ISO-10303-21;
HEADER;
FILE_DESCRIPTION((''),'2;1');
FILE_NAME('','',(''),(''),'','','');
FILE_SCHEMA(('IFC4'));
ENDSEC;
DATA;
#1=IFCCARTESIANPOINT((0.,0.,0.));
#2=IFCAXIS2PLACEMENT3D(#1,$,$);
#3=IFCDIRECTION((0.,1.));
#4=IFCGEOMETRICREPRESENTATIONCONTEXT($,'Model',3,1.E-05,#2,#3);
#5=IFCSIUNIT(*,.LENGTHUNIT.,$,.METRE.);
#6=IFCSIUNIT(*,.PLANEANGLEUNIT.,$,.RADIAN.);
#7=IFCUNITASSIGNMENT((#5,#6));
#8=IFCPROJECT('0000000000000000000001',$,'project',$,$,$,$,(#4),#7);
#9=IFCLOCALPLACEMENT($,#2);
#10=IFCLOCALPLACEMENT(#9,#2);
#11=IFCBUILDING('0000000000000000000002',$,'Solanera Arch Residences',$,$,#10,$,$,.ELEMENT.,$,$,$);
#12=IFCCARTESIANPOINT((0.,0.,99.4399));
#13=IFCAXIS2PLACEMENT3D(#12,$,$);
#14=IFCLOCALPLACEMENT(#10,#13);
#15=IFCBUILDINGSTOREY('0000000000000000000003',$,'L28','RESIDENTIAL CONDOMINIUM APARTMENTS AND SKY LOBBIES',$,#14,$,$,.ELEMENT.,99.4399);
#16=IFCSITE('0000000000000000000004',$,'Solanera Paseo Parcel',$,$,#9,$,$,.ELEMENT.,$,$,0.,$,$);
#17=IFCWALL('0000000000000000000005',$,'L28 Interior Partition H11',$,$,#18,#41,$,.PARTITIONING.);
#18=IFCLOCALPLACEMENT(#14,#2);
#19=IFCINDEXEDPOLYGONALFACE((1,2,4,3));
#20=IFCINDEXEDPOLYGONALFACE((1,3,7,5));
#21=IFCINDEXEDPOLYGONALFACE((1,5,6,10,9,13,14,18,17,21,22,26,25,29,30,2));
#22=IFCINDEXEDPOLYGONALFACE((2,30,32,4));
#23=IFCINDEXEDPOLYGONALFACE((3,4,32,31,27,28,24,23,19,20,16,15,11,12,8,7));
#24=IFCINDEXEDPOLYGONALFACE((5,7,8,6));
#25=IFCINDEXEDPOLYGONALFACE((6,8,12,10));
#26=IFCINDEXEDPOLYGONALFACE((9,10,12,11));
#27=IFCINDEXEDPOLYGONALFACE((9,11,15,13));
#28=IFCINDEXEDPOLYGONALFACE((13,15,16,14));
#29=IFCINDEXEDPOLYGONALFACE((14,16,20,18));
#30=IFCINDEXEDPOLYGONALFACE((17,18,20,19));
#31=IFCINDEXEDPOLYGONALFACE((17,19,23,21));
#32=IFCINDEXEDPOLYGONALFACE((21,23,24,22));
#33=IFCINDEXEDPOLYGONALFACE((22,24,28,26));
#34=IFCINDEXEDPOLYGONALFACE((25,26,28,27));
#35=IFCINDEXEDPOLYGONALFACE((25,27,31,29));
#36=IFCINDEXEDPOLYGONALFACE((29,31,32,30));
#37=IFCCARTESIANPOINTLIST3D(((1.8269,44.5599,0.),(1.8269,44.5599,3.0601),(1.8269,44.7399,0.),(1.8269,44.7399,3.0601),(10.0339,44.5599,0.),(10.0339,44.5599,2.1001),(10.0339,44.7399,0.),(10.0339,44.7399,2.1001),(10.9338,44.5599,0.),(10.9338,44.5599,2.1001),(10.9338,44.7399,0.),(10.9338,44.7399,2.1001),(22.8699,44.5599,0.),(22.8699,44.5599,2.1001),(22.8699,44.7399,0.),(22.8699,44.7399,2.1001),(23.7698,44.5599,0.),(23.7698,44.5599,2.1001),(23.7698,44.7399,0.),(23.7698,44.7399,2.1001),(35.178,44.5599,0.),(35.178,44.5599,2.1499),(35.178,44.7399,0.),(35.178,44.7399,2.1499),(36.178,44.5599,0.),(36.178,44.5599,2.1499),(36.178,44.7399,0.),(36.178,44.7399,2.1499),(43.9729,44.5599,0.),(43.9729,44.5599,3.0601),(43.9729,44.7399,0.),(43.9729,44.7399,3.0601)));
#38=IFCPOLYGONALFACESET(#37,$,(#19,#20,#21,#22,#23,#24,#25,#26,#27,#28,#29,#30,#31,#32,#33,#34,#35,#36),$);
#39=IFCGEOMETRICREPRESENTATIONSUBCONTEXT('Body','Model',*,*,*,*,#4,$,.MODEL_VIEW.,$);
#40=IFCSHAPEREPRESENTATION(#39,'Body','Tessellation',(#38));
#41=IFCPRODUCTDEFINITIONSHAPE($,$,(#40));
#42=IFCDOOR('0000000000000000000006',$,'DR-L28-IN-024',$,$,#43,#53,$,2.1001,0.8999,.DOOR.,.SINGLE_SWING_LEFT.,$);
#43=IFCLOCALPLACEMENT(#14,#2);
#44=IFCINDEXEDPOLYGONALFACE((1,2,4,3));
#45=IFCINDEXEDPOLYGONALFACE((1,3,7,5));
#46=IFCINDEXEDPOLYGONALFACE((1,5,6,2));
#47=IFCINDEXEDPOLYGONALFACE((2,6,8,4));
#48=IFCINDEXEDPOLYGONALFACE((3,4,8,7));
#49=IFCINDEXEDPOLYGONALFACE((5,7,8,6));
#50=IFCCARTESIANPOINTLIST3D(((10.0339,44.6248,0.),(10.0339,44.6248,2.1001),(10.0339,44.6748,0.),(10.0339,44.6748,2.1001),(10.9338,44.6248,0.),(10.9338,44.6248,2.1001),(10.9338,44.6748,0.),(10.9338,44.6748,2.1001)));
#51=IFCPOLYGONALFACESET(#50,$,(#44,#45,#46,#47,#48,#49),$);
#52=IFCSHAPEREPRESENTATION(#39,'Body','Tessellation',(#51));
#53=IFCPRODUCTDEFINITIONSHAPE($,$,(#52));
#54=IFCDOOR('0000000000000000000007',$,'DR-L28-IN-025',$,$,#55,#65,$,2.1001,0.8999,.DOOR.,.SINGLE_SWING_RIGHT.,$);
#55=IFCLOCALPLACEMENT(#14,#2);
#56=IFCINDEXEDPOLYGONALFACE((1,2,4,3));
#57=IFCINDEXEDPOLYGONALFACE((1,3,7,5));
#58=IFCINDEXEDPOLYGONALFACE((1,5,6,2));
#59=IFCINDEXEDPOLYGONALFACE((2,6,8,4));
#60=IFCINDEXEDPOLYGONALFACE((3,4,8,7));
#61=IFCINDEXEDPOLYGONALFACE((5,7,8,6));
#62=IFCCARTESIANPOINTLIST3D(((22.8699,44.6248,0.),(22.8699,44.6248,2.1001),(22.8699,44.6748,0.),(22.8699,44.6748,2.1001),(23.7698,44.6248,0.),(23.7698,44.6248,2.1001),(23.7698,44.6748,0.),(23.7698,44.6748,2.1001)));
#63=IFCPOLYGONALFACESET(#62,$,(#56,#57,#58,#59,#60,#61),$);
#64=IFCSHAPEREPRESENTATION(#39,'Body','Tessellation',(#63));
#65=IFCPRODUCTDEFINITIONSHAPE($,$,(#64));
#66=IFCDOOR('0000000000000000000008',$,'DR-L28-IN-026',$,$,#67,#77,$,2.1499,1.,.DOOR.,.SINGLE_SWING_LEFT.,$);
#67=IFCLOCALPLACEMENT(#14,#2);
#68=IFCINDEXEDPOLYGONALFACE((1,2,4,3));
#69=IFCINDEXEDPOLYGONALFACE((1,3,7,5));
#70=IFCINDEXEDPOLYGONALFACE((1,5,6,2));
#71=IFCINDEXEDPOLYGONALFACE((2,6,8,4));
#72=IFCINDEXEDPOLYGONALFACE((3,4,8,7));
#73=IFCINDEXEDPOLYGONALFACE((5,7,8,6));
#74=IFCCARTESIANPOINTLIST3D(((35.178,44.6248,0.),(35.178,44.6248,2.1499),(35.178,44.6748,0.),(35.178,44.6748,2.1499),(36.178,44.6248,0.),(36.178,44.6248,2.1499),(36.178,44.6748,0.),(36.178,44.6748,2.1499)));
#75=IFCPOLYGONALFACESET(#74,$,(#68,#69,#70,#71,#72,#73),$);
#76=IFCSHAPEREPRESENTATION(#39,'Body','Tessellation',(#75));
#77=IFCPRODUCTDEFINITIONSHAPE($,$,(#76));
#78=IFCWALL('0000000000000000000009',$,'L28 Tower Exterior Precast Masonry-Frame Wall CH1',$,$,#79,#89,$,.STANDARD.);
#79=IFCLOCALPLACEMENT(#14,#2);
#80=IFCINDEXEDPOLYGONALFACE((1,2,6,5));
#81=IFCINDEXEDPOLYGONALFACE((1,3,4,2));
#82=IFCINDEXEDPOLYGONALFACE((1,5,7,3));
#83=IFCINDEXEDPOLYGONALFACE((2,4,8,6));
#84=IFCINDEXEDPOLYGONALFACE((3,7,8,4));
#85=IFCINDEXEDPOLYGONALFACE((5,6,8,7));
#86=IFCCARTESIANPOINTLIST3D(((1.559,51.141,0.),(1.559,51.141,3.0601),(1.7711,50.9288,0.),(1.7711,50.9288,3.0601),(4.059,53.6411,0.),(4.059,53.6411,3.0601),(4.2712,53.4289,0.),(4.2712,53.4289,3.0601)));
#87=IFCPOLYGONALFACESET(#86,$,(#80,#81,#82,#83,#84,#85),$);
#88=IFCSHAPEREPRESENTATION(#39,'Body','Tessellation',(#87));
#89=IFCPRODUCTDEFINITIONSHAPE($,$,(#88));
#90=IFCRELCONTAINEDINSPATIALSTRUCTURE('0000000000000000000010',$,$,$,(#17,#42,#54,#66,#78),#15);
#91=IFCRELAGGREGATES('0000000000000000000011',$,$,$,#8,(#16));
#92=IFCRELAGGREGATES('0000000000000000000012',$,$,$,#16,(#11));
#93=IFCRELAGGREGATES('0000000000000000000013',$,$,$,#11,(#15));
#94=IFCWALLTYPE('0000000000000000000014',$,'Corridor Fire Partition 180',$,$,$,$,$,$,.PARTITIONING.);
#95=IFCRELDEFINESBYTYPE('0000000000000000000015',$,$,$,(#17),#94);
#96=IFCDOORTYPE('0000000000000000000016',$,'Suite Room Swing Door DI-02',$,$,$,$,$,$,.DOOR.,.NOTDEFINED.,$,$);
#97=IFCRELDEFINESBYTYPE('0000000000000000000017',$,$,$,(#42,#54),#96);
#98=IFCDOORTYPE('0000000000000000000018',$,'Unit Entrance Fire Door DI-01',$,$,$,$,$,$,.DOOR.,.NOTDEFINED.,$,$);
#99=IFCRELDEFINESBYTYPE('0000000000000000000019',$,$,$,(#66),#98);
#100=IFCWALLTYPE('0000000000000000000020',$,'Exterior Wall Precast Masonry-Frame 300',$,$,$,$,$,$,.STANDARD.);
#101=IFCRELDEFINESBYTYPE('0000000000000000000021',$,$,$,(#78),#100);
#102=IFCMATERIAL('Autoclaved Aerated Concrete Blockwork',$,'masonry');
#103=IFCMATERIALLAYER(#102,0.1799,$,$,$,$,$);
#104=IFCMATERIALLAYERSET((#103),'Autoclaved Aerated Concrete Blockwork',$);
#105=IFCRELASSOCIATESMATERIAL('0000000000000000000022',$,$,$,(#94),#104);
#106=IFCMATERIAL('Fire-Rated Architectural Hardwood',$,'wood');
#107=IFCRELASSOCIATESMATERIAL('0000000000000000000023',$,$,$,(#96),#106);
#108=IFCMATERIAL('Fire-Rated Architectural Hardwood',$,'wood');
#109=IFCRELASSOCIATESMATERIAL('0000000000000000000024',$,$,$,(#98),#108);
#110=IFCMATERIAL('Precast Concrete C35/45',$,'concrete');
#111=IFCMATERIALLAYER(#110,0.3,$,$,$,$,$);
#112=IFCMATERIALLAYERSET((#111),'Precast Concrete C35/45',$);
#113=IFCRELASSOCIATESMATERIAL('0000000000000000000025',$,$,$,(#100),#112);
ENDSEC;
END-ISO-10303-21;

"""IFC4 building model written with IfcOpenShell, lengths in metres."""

from ifc_helpers import new_model, si_unit, direction, frame, frame_2d, origin, place, context, subcontext, project, spatial, rectangle, extrude, material, layer, layer_set, type_object, element, fill, save


model = new_model("IFC4")

# Units and contexts
model_context = context("Model", 3, precision=1e-05, world=origin(), true_north=direction((0.0, 1.0)))
body_context = subcontext(model_context, "Body", "Model", "MODEL_VIEW")
ifc_project = project(units=[si_unit("LENGTHUNIT", "METRE"), si_unit("PLANEANGLEUNIT", "RADIAN")], contexts=[model_context])

# Site, building, storey
site_placement = place(None, origin())
site = spatial("IfcSite", under=ifc_project, at=site_placement, Name="Solanera Paseo Parcel", CompositionType="ELEMENT", RefElevation=0.0)
building_placement = place(site_placement, origin())
building = spatial("IfcBuilding", under=site, at=building_placement, Name="Solanera Arch Residences", CompositionType="ELEMENT")
storey_placement = place(building_placement, frame((0.0, 0.0, 99.4399)))
storey = spatial("IfcBuildingStorey", under=building, at=storey_placement, Name="L28", Description="RESIDENTIAL CONDOMINIUM APARTMENTS AND SKY LOBBIES", CompositionType="ELEMENT", Elevation=99.4399)

# Wall, openings, doors
ifc_material_1 = material(Name="Autoclaved Aerated Concrete Blockwork", Category="masonry")
ifc_layer_1 = layer(ifc_material_1, 0.1799)
ifc_layer_set_1 = layer_set([ifc_layer_1], Name="Autoclaved Aerated Concrete Blockwork")
wall_type_1 = type_object("IfcWallType", Name="Corridor Fire Partition 180", PredefinedType="PARTITIONING", material=ifc_layer_set_1)
ifc_material_2 = material(Name="Fire-Rated Architectural Hardwood", Category="wood")
door_type_1 = type_object("IfcDoorType", Name="Suite Room Swing Door DI-02", OperationType="NOTDEFINED", PredefinedType="DOOR", material=ifc_material_2)
wall_1_placement = place(storey_placement, frame((1.8269, 44.6499, 0.0), z_axis=(0.0, 0.0, 1.0), x_axis=(1.0, 0.0, 0.0)))
wall_1 = element("IfcWall", 1, at=wall_1_placement, inside=storey, type_object=wall_type_1, Name="L28 Interior Partition H11", PredefinedType="PARTITIONING", context=body_context, shape_type="SweptSolid", body=[
    extrude(rectangle(XDim=42.146, YDim=0.1799, at=frame_2d((21.073, 0.0))), origin(), (0.0, 0.0, 1.0), 3.0601),
])
opening_1_placement = place(wall_1_placement, frame((8.207, 0.0, 0.0)))
opening_1 = element("IfcOpeningElement", 2, at=opening_1_placement, cuts=wall_1, PredefinedType="OPENING", context=body_context, shape_type="SweptSolid", body=[
    extrude(rectangle(XDim=0.8999, YDim=2.1001, at=frame_2d((0.45, 1.05))), frame((0.0, 0.1001, 0.0), z_axis=(0.0, -1.0, 0.0), x_axis=(1.0, 0.0, 0.0)), (0.0, 0.0, 1.0), 0.1999),
])
opening_2_placement = place(wall_1_placement, frame((21.043, 0.0, 0.0)))
opening_2 = element("IfcOpeningElement", 3, at=opening_2_placement, cuts=wall_1, PredefinedType="OPENING", context=body_context, shape_type="SweptSolid", body=[
    extrude(rectangle(XDim=0.8999, YDim=2.1001, at=frame_2d((0.45, 1.05))), frame((0.0, 0.1001, 0.0), z_axis=(0.0, -1.0, 0.0), x_axis=(1.0, 0.0, 0.0)), (0.0, 0.0, 1.0), 0.1999),
])
opening_3_placement = place(wall_1_placement, frame((33.3511, 0.0, 0.0)))
opening_3 = element("IfcOpeningElement", 4, at=opening_3_placement, cuts=wall_1, PredefinedType="OPENING", context=body_context, shape_type="SweptSolid", body=[
    extrude(rectangle(XDim=1.0, YDim=2.1499, at=frame_2d((0.5, 1.075))), frame((0.0, 0.1001, 0.0), z_axis=(0.0, -1.0, 0.0), x_axis=(1.0, 0.0, 0.0)), (0.0, 0.0, 1.0), 0.1999),
])
door_1_placement = place(opening_1_placement, origin())
door_1 = element("IfcDoor", 5, at=door_1_placement, inside=storey, type_object=door_type_1, Name="DR-L28-IN-024", OperationType="SINGLE_SWING_LEFT", OverallHeight=2.1001, OverallWidth=0.8999, PredefinedType="DOOR", context=body_context, shape_type="SweptSolid", body=[
    extrude(rectangle(XDim=0.8999, YDim=2.1001, at=frame_2d((0.45, 1.05))), frame((0.0, 0.0249, 0.0), z_axis=(0.0, -1.0, 0.0), x_axis=(1.0, 0.0, 0.0)), (0.0, 0.0, 1.0), 0.05),
])
fill(opening_1, door_1)
door_2_placement = place(opening_2_placement, origin())
door_2 = element("IfcDoor", 6, at=door_2_placement, inside=storey, type_object=door_type_1, Name="DR-L28-IN-025", OperationType="SINGLE_SWING_RIGHT", OverallHeight=2.1001, OverallWidth=0.8999, PredefinedType="DOOR", context=body_context, shape_type="SweptSolid", body=[
    extrude(rectangle(XDim=0.8999, YDim=2.1001, at=frame_2d((0.45, 1.05))), frame((0.0, 0.0249, 0.0), z_axis=(0.0, -1.0, 0.0), x_axis=(1.0, 0.0, 0.0)), (0.0, 0.0, 1.0), 0.05),
])
fill(opening_2, door_2)
ifc_material_3 = material(Name="Fire-Rated Architectural Hardwood", Category="wood")
door_type_2 = type_object("IfcDoorType", Name="Unit Entrance Fire Door DI-01", OperationType="NOTDEFINED", PredefinedType="DOOR", material=ifc_material_3)
door_3_placement = place(opening_3_placement, origin())
door_3 = element("IfcDoor", 7, at=door_3_placement, inside=storey, type_object=door_type_2, Name="DR-L28-IN-026", OperationType="SINGLE_SWING_LEFT", OverallHeight=2.1499, OverallWidth=1.0, PredefinedType="DOOR", context=body_context, shape_type="SweptSolid", body=[
    extrude(rectangle(XDim=1.0, YDim=2.1499, at=frame_2d((0.5, 1.075))), frame((0.0, 0.0249, 0.0), z_axis=(0.0, -1.0, 0.0), x_axis=(1.0, 0.0, 0.0)), (0.0, 0.0, 1.0), 0.05),
])
fill(opening_3, door_3)

# Wall
ifc_material_4 = material(Name="Precast Concrete C35/45", Category="concrete")
ifc_layer_2 = layer(ifc_material_4, 0.3)
ifc_layer_set_2 = layer_set([ifc_layer_2], Name="Precast Concrete C35/45")
wall_type_2 = type_object("IfcWallType", Name="Exterior Wall Precast Masonry-Frame 300", PredefinedType="STANDARD", material=ifc_layer_set_2)
wall_2_placement = place(storey_placement, frame((1.665, 51.0349, 0.0), z_axis=(0.0, 0.0, 1.0), x_axis=(0.707107, 0.707107, 0.0)))
element("IfcWall", 8, at=wall_2_placement, inside=storey, type_object=wall_type_2, Name="L28 Tower Exterior Precast Masonry-Frame Wall CH1", PredefinedType="STANDARD", context=body_context, shape_type="SweptSolid", body=[
    extrude(rectangle(XDim=3.5356, YDim=0.3, at=frame_2d((1.7678, 0.0))), origin(), (0.0, 0.0, 1.0), 3.0601),
])

save(model, "model.ifc")
